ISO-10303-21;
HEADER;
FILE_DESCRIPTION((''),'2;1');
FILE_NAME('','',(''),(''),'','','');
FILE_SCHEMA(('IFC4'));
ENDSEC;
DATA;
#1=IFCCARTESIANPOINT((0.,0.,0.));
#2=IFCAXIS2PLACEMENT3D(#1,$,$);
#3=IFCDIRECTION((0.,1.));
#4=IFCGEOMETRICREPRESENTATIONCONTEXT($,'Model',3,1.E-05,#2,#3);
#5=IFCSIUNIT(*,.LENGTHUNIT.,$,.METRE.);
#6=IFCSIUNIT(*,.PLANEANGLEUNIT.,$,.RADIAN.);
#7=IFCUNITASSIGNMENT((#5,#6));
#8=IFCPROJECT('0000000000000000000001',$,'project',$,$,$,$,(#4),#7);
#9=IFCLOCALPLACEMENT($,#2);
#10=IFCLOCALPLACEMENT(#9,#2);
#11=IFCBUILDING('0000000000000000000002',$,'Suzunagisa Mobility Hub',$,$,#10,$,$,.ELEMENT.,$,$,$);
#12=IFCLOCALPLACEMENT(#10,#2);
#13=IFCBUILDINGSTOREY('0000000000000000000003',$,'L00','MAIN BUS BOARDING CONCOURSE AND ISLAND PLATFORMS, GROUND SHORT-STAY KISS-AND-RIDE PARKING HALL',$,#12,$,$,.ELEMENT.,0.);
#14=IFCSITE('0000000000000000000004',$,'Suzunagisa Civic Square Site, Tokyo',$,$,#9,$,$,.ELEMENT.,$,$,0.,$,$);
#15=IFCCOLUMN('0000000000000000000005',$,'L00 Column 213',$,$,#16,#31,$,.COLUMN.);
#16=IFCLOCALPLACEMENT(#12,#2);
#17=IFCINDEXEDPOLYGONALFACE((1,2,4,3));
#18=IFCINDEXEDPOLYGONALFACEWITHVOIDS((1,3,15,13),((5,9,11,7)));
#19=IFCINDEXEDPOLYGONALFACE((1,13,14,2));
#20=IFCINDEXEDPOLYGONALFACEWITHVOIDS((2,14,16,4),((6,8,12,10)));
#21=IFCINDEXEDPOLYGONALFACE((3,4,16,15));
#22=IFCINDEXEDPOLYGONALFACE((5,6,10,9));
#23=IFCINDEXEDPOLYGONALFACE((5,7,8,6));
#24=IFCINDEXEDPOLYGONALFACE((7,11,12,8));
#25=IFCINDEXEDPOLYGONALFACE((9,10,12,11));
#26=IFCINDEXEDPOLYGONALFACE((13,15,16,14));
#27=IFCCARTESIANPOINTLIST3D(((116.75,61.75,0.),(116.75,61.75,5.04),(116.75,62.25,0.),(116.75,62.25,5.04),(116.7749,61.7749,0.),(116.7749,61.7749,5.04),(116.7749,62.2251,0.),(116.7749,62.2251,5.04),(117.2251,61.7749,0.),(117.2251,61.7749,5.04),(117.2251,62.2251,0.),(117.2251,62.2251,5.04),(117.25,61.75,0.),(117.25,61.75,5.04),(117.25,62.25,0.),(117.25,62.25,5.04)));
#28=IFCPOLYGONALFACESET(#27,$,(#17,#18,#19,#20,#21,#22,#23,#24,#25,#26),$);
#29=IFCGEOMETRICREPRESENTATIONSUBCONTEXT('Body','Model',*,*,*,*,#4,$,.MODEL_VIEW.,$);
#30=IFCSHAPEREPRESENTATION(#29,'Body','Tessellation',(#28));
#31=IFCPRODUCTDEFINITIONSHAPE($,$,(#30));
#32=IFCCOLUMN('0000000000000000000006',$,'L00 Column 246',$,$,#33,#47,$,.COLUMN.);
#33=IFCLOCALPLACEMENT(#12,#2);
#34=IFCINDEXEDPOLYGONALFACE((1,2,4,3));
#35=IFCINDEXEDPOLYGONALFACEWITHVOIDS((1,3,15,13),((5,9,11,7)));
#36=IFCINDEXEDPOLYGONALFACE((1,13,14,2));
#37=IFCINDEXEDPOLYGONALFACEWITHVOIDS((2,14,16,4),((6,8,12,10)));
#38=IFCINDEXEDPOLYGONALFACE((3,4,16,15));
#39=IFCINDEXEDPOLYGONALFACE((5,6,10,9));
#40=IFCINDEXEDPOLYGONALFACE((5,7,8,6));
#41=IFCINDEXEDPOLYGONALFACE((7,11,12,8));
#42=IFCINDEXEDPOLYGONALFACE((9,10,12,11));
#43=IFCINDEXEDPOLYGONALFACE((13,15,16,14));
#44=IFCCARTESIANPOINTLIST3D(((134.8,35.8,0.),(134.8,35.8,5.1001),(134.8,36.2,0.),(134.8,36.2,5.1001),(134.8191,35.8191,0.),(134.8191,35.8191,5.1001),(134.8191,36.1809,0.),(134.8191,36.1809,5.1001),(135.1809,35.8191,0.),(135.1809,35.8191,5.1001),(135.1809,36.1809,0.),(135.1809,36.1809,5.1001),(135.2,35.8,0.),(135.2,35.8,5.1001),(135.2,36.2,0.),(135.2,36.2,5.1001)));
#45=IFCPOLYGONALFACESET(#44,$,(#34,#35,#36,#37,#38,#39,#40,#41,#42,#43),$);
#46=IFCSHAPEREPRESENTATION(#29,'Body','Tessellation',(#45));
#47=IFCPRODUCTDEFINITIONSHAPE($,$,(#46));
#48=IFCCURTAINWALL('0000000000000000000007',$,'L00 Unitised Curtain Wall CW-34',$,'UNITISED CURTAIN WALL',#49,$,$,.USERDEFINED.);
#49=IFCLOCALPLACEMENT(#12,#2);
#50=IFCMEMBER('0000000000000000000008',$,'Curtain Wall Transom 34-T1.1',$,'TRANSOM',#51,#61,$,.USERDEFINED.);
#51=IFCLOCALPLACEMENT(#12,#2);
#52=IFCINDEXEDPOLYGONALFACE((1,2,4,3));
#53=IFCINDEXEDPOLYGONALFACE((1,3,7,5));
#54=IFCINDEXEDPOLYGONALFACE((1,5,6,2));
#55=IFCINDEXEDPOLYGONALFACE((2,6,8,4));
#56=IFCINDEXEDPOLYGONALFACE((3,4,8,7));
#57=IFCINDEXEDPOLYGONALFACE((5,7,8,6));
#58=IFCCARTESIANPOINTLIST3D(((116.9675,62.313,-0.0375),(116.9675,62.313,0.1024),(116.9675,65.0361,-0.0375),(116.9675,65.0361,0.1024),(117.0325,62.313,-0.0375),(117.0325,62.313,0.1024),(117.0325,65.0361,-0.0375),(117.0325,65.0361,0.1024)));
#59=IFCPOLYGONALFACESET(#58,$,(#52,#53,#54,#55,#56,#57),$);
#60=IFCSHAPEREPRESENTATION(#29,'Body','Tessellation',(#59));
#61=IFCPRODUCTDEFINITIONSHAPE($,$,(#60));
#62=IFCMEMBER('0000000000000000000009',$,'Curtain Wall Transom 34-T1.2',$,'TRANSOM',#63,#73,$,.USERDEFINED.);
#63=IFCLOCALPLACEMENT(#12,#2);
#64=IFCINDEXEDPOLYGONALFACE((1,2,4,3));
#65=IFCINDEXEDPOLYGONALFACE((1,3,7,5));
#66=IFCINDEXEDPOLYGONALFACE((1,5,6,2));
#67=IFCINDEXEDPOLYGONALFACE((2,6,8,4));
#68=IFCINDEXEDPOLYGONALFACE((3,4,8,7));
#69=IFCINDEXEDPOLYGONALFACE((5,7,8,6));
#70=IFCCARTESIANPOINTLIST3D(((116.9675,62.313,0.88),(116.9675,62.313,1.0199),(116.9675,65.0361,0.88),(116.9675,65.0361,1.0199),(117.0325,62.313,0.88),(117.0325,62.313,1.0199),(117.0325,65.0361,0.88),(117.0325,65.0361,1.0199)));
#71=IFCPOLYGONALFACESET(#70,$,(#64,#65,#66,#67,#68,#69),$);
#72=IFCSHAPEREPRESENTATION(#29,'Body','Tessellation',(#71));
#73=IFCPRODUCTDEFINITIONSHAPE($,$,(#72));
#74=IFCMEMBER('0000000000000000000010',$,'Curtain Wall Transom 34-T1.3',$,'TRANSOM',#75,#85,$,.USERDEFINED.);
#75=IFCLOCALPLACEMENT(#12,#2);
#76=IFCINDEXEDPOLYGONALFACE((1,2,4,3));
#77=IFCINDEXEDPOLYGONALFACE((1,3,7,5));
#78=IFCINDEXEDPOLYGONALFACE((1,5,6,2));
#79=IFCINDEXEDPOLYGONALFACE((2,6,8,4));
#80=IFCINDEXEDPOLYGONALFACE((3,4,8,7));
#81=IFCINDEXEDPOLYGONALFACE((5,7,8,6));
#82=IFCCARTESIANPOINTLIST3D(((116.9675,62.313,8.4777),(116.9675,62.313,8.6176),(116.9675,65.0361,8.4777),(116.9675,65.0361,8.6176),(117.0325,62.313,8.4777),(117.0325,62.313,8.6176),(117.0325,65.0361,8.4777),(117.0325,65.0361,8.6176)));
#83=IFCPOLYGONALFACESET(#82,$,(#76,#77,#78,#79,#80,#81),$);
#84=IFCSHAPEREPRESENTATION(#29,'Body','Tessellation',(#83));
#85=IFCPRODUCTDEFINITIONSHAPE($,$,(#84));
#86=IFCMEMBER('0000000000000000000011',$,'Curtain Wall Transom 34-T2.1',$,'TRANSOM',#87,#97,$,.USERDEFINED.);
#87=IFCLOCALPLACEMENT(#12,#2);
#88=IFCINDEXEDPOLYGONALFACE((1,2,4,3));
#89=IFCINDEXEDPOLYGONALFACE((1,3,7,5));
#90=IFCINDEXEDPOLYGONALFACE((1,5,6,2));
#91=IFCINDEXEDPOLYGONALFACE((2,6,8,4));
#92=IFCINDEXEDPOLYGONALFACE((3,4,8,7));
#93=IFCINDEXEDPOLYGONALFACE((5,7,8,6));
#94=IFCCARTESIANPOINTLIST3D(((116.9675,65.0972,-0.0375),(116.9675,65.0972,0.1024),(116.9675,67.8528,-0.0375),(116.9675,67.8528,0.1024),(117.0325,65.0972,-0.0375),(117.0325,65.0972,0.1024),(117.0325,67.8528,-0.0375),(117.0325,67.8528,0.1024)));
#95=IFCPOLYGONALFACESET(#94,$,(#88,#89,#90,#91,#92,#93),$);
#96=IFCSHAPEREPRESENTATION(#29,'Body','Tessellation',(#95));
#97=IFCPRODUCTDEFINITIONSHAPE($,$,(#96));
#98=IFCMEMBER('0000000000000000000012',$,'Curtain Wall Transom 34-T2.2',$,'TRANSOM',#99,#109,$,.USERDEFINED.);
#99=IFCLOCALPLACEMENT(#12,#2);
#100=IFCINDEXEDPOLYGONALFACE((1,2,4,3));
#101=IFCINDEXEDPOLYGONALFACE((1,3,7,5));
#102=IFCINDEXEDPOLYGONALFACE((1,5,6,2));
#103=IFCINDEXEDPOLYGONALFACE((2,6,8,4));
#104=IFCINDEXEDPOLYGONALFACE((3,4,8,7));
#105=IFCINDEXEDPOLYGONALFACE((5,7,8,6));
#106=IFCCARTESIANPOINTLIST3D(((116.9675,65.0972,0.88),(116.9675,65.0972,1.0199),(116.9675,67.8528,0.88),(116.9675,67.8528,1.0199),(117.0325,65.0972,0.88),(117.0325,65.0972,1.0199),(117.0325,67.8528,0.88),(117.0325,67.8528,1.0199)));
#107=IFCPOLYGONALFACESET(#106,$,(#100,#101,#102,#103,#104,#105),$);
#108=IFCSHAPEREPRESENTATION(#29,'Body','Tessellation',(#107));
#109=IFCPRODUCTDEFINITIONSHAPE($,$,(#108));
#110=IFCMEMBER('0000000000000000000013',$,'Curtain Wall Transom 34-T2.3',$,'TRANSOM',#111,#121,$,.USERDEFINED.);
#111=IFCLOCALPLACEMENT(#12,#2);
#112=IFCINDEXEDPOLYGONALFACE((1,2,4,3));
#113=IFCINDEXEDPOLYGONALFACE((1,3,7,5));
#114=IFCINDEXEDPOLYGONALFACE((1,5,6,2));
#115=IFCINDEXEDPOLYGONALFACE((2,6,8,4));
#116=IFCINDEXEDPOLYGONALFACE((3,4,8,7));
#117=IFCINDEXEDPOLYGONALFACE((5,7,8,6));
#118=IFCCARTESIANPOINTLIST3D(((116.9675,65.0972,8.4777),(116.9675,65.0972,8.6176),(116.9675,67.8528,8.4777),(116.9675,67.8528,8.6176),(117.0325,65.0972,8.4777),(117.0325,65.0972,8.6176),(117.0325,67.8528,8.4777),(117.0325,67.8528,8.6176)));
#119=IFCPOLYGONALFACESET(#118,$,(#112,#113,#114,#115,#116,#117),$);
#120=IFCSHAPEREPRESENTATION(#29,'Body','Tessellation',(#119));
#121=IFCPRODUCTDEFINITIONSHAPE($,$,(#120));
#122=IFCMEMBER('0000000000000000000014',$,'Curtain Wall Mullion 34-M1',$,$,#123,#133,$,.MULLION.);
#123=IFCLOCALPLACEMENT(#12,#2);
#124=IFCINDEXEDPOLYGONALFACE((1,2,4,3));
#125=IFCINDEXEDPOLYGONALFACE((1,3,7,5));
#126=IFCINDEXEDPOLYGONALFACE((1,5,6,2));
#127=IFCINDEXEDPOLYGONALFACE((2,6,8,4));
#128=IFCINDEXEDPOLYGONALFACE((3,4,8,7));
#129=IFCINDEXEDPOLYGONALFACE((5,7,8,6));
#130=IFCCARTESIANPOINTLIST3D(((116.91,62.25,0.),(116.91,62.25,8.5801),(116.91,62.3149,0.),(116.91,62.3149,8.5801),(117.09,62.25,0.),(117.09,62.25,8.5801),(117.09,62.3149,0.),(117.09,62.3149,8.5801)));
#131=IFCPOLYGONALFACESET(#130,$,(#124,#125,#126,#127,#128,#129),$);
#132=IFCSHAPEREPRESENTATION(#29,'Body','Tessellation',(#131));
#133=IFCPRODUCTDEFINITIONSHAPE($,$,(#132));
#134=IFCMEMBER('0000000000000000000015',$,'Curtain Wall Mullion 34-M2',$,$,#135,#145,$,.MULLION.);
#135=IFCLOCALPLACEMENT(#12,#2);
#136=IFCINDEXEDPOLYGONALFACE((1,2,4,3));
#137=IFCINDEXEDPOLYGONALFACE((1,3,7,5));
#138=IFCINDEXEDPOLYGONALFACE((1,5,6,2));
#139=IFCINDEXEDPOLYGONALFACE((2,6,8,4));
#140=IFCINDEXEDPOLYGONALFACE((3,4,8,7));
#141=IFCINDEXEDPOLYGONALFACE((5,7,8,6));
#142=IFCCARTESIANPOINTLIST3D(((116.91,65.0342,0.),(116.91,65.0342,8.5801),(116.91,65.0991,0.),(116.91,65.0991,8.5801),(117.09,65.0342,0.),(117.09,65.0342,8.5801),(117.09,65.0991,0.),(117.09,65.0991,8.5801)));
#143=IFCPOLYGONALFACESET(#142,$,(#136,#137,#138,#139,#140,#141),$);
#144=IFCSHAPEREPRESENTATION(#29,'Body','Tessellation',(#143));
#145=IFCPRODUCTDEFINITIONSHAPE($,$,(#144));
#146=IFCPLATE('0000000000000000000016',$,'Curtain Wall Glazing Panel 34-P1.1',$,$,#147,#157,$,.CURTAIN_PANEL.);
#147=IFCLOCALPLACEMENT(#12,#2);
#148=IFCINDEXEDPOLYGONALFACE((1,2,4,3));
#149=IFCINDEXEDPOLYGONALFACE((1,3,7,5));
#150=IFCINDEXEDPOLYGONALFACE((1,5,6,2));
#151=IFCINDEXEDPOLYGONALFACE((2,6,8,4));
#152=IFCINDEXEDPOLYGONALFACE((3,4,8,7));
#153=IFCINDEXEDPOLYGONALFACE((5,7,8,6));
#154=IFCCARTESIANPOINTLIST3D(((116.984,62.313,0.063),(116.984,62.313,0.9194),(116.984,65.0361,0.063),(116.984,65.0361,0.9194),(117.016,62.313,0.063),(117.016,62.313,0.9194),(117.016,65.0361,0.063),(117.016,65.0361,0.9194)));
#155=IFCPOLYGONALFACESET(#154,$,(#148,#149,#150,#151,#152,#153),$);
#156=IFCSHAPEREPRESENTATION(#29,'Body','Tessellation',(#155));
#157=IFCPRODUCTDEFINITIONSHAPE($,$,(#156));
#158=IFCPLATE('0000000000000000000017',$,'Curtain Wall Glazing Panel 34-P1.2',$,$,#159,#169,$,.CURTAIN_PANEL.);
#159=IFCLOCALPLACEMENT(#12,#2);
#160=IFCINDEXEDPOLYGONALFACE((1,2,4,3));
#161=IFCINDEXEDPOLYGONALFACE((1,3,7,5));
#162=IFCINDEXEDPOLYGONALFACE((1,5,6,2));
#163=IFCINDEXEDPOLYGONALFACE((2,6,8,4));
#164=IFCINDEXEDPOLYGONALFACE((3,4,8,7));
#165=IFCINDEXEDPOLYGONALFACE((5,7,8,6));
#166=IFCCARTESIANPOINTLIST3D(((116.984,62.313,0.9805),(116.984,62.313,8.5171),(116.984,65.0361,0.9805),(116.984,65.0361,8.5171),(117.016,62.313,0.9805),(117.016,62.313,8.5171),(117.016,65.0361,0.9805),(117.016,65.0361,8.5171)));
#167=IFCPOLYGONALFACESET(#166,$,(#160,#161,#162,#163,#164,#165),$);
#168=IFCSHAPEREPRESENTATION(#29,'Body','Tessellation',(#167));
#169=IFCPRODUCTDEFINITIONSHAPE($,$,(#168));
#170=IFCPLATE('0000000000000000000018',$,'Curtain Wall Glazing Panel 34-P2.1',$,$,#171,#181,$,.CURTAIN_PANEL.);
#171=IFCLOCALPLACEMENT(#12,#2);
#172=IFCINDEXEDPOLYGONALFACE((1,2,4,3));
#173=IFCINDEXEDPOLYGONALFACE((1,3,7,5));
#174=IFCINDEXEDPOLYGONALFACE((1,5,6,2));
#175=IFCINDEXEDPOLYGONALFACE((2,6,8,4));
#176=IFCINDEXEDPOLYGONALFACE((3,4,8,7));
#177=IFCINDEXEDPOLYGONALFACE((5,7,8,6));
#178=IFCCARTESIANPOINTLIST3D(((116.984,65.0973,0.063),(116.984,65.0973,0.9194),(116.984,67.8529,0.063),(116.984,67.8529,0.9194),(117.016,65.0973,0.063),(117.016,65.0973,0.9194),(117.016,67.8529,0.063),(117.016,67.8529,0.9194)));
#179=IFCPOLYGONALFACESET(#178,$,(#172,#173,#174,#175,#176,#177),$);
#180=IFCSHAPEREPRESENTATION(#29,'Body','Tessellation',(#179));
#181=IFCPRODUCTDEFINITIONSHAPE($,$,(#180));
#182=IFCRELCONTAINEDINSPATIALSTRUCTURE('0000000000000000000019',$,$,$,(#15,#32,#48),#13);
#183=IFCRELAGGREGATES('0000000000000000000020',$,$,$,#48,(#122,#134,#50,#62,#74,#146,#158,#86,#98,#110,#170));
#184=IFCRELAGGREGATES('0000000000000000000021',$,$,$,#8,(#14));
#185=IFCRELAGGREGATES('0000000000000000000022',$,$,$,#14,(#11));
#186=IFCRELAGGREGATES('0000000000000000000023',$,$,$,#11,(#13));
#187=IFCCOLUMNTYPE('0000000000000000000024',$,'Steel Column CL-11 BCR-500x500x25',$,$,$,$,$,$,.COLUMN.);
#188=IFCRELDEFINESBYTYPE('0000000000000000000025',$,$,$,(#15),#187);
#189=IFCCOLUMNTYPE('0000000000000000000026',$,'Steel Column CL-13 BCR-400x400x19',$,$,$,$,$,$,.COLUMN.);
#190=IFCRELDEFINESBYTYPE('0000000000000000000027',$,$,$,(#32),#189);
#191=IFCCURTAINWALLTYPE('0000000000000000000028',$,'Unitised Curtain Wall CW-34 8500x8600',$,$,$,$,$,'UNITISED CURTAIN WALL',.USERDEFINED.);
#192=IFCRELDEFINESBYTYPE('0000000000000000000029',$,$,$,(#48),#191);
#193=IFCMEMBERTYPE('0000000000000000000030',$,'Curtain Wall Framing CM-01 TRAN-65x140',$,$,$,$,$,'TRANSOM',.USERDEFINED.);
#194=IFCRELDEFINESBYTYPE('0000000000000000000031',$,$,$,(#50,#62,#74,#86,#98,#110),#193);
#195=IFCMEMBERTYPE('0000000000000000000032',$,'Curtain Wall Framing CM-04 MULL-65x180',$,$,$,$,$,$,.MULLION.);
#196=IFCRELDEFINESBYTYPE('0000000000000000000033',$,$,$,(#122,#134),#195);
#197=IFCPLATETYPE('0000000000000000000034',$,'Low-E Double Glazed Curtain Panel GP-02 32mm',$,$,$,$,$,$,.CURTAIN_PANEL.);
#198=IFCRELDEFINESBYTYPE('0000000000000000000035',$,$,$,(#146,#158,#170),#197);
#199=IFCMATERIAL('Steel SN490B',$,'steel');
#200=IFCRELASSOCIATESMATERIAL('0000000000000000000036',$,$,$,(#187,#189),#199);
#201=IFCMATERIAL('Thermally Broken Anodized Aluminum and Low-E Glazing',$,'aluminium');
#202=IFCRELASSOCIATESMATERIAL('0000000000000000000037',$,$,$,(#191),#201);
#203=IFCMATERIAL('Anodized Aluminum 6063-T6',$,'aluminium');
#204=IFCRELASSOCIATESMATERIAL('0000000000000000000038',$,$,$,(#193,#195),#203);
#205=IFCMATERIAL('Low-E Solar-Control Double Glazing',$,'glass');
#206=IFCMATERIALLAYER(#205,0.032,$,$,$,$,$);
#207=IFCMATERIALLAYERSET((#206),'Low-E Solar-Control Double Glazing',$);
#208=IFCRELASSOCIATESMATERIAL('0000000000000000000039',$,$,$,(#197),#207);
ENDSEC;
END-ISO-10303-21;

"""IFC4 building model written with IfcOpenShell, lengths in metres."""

from ifc_helpers import new_model, si_unit, direction, frame, origin, origin_2d, place, context, subcontext, project, spatial, rectangle, hollow_rectangle, extrude, material, layer, layer_set, material_profile, profile_set, type_object, element, aggregate, save


model = new_model("IFC4")

# Units and contexts
model_context = context("Model", 3, precision=1e-05, world=origin(), true_north=direction((0.0, 1.0)))
body_context = subcontext(model_context, "Body", "Model", "MODEL_VIEW")
ifc_project = project(units=[si_unit("LENGTHUNIT", "METRE"), si_unit("PLANEANGLEUNIT", "RADIAN")], contexts=[model_context])

# Site, building, storey
site_placement = place(None, origin())
site = spatial("IfcSite", under=ifc_project, at=site_placement, Name="Suzunagisa Civic Square Site, Tokyo", CompositionType="ELEMENT", RefElevation=0.0)
building_placement = place(site_placement, origin())
building = spatial("IfcBuilding", under=site, at=building_placement, Name="Suzunagisa Mobility Hub", CompositionType="ELEMENT")
storey_placement = place(building_placement, origin())
storey = spatial("IfcBuildingStorey", under=building, at=storey_placement, Name="L00", Description="MAIN BUS BOARDING CONCOURSE AND ISLAND PLATFORMS, GROUND SHORT-STAY KISS-AND-RIDE PARKING HALL", CompositionType="ELEMENT", Elevation=0.0)

# Columns
ifc_material_1 = material(Name="Steel SN490B", Category="steel")
ifc_material_profile_1 = material_profile(ifc_material_1, hollow_rectangle(XDim=0.5, YDim=0.5, WallThickness=0.0249, at=origin_2d()), Name="BCR-500x500x25")
ifc_profile_set_1 = profile_set([ifc_material_profile_1], Name="Steel SN490B")
column_type_1 = type_object("IfcColumnType", Name="Steel Column CL-11 BCR-500x500x25", PredefinedType="COLUMN", material=ifc_profile_set_1)
column_1_placement = place(storey_placement, frame((117.0, 62.0, 0.0), z_axis=(0.0, 0.0, 1.0), x_axis=(1.0, 0.0, 0.0)))
element("IfcColumn", 1, at=column_1_placement, inside=storey, type_object=column_type_1, Name="L00 Column 213", PredefinedType="COLUMN", context=body_context, shape_type="SweptSolid", body=[
    extrude(hollow_rectangle(XDim=0.5, YDim=0.5, WallThickness=0.0249, at=origin_2d()), origin(), (0.0, 0.0, 1.0), 5.04),
])
ifc_material_profile_2 = material_profile(ifc_material_1, hollow_rectangle(XDim=0.3999, YDim=0.3999, WallThickness=0.019, at=origin_2d()), Name="BCR-400x400x19")
ifc_profile_set_2 = profile_set([ifc_material_profile_2], Name="Steel SN490B")
column_type_2 = type_object("IfcColumnType", Name="Steel Column CL-13 BCR-400x400x19", PredefinedType="COLUMN", material=ifc_profile_set_2)
column_2_placement = place(storey_placement, frame((135.0, 36.0, 0.0), z_axis=(0.0, 0.0, 1.0), x_axis=(1.0, 0.0, 0.0)))
element("IfcColumn", 2, at=column_2_placement, inside=storey, type_object=column_type_2, Name="L00 Column 246", PredefinedType="COLUMN", context=body_context, shape_type="SweptSolid", body=[
    extrude(hollow_rectangle(XDim=0.3999, YDim=0.3999, WallThickness=0.019, at=origin_2d()), origin(), (0.0, 0.0, 1.0), 5.1001),
])

# Curtain wall, members, plates
ifc_material_2 = material(Name="Thermally Broken Anodized Aluminum and Low-E Glazing", Category="aluminium")
curtain_wall_type = type_object("IfcCurtainWallType", Name="Unitised Curtain Wall CW-34 8500x8600", ElementType="UNITISED CURTAIN WALL", PredefinedType="USERDEFINED", material=ifc_material_2)
curtain_wall_placement = place(storey_placement, origin())
curtain_wall = element("IfcCurtainWall", 3, at=curtain_wall_placement, inside=storey, type_object=curtain_wall_type, Name="L00 Unitised Curtain Wall CW-34", ObjectType="UNITISED CURTAIN WALL", PredefinedType="USERDEFINED")
ifc_material_3 = material(Name="Anodized Aluminum 6063-T6", Category="aluminium")
ifc_material_profile_3 = material_profile(ifc_material_3, rectangle(XDim=0.0649, YDim=0.1399, at=origin_2d()), Name="TRAN-65x140")
ifc_profile_set_3 = profile_set([ifc_material_profile_3], Name="Anodized Aluminum 6063-T6")
member_type_1 = type_object("IfcMemberType", Name="Curtain Wall Framing CM-01 TRAN-65x140", ElementType="TRANSOM", PredefinedType="USERDEFINED", material=ifc_profile_set_3)
member_1_placement = place(storey_placement, frame((117.0, 62.313, 0.0325), z_axis=(0.0, 1.0, 0.0), x_axis=(-1.0, 0.0, 0.0)))
member_1 = element("IfcMember", 4, at=member_1_placement, type_object=member_type_1, Name="Curtain Wall Transom 34-T1.1", ObjectType="TRANSOM", PredefinedType="USERDEFINED", context=body_context, shape_type="SweptSolid", body=[
    extrude(rectangle(XDim=0.0649, YDim=0.1399, at=origin_2d()), origin(), (0.0, 0.0, 1.0), 2.7231),
])
member_2_placement = place(storey_placement, frame((117.0, 62.313, 0.95), z_axis=(0.0, 1.0, 0.0), x_axis=(-1.0, 0.0, 0.0)))
member_2 = element("IfcMember", 5, at=member_2_placement, type_object=member_type_1, Name="Curtain Wall Transom 34-T1.2", ObjectType="TRANSOM", PredefinedType="USERDEFINED", context=body_context, shape_type="SweptSolid", body=[
    extrude(rectangle(XDim=0.0649, YDim=0.1399, at=origin_2d()), origin(), (0.0, 0.0, 1.0), 2.7231),
])
member_3_placement = place(storey_placement, frame((117.0, 62.313, 8.5476), z_axis=(0.0, 1.0, 0.0), x_axis=(-1.0, 0.0, 0.0)))
member_3 = element("IfcMember", 6, at=member_3_placement, type_object=member_type_1, Name="Curtain Wall Transom 34-T1.3", ObjectType="TRANSOM", PredefinedType="USERDEFINED", context=body_context, shape_type="SweptSolid", body=[
    extrude(rectangle(XDim=0.0649, YDim=0.1399, at=origin_2d()), origin(), (0.0, 0.0, 1.0), 2.7231),
])
member_4_placement = place(storey_placement, frame((117.0, 65.0972, 0.0325), z_axis=(0.0, 1.0, 0.0), x_axis=(-1.0, 0.0, 0.0)))
member_4 = element("IfcMember", 7, at=member_4_placement, type_object=member_type_1, Name="Curtain Wall Transom 34-T2.1", ObjectType="TRANSOM", PredefinedType="USERDEFINED", context=body_context, shape_type="SweptSolid", body=[
    extrude(rectangle(XDim=0.0649, YDim=0.1399, at=origin_2d()), origin(), (0.0, 0.0, 1.0), 2.7556),
])
member_5_placement = place(storey_placement, frame((117.0, 65.0972, 0.95), z_axis=(0.0, 1.0, 0.0), x_axis=(-1.0, 0.0, 0.0)))
member_5 = element("IfcMember", 8, at=member_5_placement, type_object=member_type_1, Name="Curtain Wall Transom 34-T2.2", ObjectType="TRANSOM", PredefinedType="USERDEFINED", context=body_context, shape_type="SweptSolid", body=[
    extrude(rectangle(XDim=0.0649, YDim=0.1399, at=origin_2d()), origin(), (0.0, 0.0, 1.0), 2.7556),
])
member_6_placement = place(storey_placement, frame((117.0, 65.0972, 8.5476), z_axis=(0.0, 1.0, 0.0), x_axis=(-1.0, 0.0, 0.0)))
member_6 = element("IfcMember", 9, at=member_6_placement, type_object=member_type_1, Name="Curtain Wall Transom 34-T2.3", ObjectType="TRANSOM", PredefinedType="USERDEFINED", context=body_context, shape_type="SweptSolid", body=[
    extrude(rectangle(XDim=0.0649, YDim=0.1399, at=origin_2d()), origin(), (0.0, 0.0, 1.0), 2.7556),
])
ifc_material_profile_4 = material_profile(ifc_material_3, rectangle(XDim=0.0649, YDim=0.1799, at=origin_2d()), Name="MULL-65x180")
ifc_profile_set_4 = profile_set([ifc_material_profile_4], Name="Anodized Aluminum 6063-T6")
member_type_2 = type_object("IfcMemberType", Name="Curtain Wall Framing CM-04 MULL-65x180", PredefinedType="MULLION", material=ifc_profile_set_4)
member_7_placement = place(storey_placement, frame((117.0, 62.2825, 0.0), z_axis=(0.0, 0.0, 1.0), x_axis=(0.0, 1.0, 0.0)))
member_7 = element("IfcMember", 10, at=member_7_placement, type_object=member_type_2, Name="Curtain Wall Mullion 34-M1", PredefinedType="MULLION", context=body_context, shape_type="SweptSolid", body=[
    extrude(rectangle(XDim=0.0649, YDim=0.1799, at=origin_2d()), origin(), (0.0, 0.0, 1.0), 8.5801),
])
member_8_placement = place(storey_placement, frame((117.0, 65.0667, 0.0), z_axis=(0.0, 0.0, 1.0), x_axis=(0.0, 1.0, 0.0)))
member_8 = element("IfcMember", 11, at=member_8_placement, type_object=member_type_2, Name="Curtain Wall Mullion 34-M2", PredefinedType="MULLION", context=body_context, shape_type="SweptSolid", body=[
    extrude(rectangle(XDim=0.0649, YDim=0.1799, at=origin_2d()), origin(), (0.0, 0.0, 1.0), 8.5801),
])
ifc_material_4 = material(Name="Low-E Solar-Control Double Glazing", Category="glass")
ifc_layer_1 = layer(ifc_material_4, 0.032)
ifc_layer_set_1 = layer_set([ifc_layer_1], Name="Low-E Solar-Control Double Glazing")
plate_type_1 = type_object("IfcPlateType", Name="Low-E Double Glazed Curtain Panel GP-02 32mm", PredefinedType="CURTAIN_PANEL", material=ifc_layer_set_1)
plate_1_placement = place(storey_placement, frame((117.0, 63.6746, 0.063), z_axis=(0.0, 0.0, 1.0), x_axis=(0.0, 1.0, 0.0)))
plate_1 = element("IfcPlate", 12, at=plate_1_placement, type_object=plate_type_1, Name="Curtain Wall Glazing Panel 34-P1.1", PredefinedType="CURTAIN_PANEL", context=body_context, shape_type="SweptSolid", body=[
    extrude(rectangle(XDim=2.7231, YDim=0.032, at=origin_2d()), origin(), (0.0, 0.0, 1.0), 0.8564),
])
plate_2_placement = place(storey_placement, frame((117.0, 63.6746, 0.9805), z_axis=(0.0, 0.0, 1.0), x_axis=(0.0, 1.0, 0.0)))
plate_2 = element("IfcPlate", 13, at=plate_2_placement, type_object=plate_type_1, Name="Curtain Wall Glazing Panel 34-P1.2", PredefinedType="CURTAIN_PANEL", context=body_context, shape_type="SweptSolid", body=[
    extrude(rectangle(XDim=2.7231, YDim=0.032, at=origin_2d()), origin(), (0.0, 0.0, 1.0), 7.5366),
])
plate_3_placement = place(storey_placement, frame((117.0, 66.4751, 0.063), z_axis=(0.0, 0.0, 1.0), x_axis=(0.0, 1.0, 0.0)))
plate_3 = element("IfcPlate", 14, at=plate_3_placement, type_object=plate_type_1, Name="Curtain Wall Glazing Panel 34-P2.1", PredefinedType="CURTAIN_PANEL", context=body_context, shape_type="SweptSolid", body=[
    extrude(rectangle(XDim=2.7556, YDim=0.032, at=origin_2d()), origin(), (0.0, 0.0, 1.0), 0.8564),
])
aggregate(curtain_wall, [member_7, member_8, member_1, member_2, member_3, plate_1, plate_2, member_4, member_5, member_6, plate_3])

save(model, "model.ifc")
